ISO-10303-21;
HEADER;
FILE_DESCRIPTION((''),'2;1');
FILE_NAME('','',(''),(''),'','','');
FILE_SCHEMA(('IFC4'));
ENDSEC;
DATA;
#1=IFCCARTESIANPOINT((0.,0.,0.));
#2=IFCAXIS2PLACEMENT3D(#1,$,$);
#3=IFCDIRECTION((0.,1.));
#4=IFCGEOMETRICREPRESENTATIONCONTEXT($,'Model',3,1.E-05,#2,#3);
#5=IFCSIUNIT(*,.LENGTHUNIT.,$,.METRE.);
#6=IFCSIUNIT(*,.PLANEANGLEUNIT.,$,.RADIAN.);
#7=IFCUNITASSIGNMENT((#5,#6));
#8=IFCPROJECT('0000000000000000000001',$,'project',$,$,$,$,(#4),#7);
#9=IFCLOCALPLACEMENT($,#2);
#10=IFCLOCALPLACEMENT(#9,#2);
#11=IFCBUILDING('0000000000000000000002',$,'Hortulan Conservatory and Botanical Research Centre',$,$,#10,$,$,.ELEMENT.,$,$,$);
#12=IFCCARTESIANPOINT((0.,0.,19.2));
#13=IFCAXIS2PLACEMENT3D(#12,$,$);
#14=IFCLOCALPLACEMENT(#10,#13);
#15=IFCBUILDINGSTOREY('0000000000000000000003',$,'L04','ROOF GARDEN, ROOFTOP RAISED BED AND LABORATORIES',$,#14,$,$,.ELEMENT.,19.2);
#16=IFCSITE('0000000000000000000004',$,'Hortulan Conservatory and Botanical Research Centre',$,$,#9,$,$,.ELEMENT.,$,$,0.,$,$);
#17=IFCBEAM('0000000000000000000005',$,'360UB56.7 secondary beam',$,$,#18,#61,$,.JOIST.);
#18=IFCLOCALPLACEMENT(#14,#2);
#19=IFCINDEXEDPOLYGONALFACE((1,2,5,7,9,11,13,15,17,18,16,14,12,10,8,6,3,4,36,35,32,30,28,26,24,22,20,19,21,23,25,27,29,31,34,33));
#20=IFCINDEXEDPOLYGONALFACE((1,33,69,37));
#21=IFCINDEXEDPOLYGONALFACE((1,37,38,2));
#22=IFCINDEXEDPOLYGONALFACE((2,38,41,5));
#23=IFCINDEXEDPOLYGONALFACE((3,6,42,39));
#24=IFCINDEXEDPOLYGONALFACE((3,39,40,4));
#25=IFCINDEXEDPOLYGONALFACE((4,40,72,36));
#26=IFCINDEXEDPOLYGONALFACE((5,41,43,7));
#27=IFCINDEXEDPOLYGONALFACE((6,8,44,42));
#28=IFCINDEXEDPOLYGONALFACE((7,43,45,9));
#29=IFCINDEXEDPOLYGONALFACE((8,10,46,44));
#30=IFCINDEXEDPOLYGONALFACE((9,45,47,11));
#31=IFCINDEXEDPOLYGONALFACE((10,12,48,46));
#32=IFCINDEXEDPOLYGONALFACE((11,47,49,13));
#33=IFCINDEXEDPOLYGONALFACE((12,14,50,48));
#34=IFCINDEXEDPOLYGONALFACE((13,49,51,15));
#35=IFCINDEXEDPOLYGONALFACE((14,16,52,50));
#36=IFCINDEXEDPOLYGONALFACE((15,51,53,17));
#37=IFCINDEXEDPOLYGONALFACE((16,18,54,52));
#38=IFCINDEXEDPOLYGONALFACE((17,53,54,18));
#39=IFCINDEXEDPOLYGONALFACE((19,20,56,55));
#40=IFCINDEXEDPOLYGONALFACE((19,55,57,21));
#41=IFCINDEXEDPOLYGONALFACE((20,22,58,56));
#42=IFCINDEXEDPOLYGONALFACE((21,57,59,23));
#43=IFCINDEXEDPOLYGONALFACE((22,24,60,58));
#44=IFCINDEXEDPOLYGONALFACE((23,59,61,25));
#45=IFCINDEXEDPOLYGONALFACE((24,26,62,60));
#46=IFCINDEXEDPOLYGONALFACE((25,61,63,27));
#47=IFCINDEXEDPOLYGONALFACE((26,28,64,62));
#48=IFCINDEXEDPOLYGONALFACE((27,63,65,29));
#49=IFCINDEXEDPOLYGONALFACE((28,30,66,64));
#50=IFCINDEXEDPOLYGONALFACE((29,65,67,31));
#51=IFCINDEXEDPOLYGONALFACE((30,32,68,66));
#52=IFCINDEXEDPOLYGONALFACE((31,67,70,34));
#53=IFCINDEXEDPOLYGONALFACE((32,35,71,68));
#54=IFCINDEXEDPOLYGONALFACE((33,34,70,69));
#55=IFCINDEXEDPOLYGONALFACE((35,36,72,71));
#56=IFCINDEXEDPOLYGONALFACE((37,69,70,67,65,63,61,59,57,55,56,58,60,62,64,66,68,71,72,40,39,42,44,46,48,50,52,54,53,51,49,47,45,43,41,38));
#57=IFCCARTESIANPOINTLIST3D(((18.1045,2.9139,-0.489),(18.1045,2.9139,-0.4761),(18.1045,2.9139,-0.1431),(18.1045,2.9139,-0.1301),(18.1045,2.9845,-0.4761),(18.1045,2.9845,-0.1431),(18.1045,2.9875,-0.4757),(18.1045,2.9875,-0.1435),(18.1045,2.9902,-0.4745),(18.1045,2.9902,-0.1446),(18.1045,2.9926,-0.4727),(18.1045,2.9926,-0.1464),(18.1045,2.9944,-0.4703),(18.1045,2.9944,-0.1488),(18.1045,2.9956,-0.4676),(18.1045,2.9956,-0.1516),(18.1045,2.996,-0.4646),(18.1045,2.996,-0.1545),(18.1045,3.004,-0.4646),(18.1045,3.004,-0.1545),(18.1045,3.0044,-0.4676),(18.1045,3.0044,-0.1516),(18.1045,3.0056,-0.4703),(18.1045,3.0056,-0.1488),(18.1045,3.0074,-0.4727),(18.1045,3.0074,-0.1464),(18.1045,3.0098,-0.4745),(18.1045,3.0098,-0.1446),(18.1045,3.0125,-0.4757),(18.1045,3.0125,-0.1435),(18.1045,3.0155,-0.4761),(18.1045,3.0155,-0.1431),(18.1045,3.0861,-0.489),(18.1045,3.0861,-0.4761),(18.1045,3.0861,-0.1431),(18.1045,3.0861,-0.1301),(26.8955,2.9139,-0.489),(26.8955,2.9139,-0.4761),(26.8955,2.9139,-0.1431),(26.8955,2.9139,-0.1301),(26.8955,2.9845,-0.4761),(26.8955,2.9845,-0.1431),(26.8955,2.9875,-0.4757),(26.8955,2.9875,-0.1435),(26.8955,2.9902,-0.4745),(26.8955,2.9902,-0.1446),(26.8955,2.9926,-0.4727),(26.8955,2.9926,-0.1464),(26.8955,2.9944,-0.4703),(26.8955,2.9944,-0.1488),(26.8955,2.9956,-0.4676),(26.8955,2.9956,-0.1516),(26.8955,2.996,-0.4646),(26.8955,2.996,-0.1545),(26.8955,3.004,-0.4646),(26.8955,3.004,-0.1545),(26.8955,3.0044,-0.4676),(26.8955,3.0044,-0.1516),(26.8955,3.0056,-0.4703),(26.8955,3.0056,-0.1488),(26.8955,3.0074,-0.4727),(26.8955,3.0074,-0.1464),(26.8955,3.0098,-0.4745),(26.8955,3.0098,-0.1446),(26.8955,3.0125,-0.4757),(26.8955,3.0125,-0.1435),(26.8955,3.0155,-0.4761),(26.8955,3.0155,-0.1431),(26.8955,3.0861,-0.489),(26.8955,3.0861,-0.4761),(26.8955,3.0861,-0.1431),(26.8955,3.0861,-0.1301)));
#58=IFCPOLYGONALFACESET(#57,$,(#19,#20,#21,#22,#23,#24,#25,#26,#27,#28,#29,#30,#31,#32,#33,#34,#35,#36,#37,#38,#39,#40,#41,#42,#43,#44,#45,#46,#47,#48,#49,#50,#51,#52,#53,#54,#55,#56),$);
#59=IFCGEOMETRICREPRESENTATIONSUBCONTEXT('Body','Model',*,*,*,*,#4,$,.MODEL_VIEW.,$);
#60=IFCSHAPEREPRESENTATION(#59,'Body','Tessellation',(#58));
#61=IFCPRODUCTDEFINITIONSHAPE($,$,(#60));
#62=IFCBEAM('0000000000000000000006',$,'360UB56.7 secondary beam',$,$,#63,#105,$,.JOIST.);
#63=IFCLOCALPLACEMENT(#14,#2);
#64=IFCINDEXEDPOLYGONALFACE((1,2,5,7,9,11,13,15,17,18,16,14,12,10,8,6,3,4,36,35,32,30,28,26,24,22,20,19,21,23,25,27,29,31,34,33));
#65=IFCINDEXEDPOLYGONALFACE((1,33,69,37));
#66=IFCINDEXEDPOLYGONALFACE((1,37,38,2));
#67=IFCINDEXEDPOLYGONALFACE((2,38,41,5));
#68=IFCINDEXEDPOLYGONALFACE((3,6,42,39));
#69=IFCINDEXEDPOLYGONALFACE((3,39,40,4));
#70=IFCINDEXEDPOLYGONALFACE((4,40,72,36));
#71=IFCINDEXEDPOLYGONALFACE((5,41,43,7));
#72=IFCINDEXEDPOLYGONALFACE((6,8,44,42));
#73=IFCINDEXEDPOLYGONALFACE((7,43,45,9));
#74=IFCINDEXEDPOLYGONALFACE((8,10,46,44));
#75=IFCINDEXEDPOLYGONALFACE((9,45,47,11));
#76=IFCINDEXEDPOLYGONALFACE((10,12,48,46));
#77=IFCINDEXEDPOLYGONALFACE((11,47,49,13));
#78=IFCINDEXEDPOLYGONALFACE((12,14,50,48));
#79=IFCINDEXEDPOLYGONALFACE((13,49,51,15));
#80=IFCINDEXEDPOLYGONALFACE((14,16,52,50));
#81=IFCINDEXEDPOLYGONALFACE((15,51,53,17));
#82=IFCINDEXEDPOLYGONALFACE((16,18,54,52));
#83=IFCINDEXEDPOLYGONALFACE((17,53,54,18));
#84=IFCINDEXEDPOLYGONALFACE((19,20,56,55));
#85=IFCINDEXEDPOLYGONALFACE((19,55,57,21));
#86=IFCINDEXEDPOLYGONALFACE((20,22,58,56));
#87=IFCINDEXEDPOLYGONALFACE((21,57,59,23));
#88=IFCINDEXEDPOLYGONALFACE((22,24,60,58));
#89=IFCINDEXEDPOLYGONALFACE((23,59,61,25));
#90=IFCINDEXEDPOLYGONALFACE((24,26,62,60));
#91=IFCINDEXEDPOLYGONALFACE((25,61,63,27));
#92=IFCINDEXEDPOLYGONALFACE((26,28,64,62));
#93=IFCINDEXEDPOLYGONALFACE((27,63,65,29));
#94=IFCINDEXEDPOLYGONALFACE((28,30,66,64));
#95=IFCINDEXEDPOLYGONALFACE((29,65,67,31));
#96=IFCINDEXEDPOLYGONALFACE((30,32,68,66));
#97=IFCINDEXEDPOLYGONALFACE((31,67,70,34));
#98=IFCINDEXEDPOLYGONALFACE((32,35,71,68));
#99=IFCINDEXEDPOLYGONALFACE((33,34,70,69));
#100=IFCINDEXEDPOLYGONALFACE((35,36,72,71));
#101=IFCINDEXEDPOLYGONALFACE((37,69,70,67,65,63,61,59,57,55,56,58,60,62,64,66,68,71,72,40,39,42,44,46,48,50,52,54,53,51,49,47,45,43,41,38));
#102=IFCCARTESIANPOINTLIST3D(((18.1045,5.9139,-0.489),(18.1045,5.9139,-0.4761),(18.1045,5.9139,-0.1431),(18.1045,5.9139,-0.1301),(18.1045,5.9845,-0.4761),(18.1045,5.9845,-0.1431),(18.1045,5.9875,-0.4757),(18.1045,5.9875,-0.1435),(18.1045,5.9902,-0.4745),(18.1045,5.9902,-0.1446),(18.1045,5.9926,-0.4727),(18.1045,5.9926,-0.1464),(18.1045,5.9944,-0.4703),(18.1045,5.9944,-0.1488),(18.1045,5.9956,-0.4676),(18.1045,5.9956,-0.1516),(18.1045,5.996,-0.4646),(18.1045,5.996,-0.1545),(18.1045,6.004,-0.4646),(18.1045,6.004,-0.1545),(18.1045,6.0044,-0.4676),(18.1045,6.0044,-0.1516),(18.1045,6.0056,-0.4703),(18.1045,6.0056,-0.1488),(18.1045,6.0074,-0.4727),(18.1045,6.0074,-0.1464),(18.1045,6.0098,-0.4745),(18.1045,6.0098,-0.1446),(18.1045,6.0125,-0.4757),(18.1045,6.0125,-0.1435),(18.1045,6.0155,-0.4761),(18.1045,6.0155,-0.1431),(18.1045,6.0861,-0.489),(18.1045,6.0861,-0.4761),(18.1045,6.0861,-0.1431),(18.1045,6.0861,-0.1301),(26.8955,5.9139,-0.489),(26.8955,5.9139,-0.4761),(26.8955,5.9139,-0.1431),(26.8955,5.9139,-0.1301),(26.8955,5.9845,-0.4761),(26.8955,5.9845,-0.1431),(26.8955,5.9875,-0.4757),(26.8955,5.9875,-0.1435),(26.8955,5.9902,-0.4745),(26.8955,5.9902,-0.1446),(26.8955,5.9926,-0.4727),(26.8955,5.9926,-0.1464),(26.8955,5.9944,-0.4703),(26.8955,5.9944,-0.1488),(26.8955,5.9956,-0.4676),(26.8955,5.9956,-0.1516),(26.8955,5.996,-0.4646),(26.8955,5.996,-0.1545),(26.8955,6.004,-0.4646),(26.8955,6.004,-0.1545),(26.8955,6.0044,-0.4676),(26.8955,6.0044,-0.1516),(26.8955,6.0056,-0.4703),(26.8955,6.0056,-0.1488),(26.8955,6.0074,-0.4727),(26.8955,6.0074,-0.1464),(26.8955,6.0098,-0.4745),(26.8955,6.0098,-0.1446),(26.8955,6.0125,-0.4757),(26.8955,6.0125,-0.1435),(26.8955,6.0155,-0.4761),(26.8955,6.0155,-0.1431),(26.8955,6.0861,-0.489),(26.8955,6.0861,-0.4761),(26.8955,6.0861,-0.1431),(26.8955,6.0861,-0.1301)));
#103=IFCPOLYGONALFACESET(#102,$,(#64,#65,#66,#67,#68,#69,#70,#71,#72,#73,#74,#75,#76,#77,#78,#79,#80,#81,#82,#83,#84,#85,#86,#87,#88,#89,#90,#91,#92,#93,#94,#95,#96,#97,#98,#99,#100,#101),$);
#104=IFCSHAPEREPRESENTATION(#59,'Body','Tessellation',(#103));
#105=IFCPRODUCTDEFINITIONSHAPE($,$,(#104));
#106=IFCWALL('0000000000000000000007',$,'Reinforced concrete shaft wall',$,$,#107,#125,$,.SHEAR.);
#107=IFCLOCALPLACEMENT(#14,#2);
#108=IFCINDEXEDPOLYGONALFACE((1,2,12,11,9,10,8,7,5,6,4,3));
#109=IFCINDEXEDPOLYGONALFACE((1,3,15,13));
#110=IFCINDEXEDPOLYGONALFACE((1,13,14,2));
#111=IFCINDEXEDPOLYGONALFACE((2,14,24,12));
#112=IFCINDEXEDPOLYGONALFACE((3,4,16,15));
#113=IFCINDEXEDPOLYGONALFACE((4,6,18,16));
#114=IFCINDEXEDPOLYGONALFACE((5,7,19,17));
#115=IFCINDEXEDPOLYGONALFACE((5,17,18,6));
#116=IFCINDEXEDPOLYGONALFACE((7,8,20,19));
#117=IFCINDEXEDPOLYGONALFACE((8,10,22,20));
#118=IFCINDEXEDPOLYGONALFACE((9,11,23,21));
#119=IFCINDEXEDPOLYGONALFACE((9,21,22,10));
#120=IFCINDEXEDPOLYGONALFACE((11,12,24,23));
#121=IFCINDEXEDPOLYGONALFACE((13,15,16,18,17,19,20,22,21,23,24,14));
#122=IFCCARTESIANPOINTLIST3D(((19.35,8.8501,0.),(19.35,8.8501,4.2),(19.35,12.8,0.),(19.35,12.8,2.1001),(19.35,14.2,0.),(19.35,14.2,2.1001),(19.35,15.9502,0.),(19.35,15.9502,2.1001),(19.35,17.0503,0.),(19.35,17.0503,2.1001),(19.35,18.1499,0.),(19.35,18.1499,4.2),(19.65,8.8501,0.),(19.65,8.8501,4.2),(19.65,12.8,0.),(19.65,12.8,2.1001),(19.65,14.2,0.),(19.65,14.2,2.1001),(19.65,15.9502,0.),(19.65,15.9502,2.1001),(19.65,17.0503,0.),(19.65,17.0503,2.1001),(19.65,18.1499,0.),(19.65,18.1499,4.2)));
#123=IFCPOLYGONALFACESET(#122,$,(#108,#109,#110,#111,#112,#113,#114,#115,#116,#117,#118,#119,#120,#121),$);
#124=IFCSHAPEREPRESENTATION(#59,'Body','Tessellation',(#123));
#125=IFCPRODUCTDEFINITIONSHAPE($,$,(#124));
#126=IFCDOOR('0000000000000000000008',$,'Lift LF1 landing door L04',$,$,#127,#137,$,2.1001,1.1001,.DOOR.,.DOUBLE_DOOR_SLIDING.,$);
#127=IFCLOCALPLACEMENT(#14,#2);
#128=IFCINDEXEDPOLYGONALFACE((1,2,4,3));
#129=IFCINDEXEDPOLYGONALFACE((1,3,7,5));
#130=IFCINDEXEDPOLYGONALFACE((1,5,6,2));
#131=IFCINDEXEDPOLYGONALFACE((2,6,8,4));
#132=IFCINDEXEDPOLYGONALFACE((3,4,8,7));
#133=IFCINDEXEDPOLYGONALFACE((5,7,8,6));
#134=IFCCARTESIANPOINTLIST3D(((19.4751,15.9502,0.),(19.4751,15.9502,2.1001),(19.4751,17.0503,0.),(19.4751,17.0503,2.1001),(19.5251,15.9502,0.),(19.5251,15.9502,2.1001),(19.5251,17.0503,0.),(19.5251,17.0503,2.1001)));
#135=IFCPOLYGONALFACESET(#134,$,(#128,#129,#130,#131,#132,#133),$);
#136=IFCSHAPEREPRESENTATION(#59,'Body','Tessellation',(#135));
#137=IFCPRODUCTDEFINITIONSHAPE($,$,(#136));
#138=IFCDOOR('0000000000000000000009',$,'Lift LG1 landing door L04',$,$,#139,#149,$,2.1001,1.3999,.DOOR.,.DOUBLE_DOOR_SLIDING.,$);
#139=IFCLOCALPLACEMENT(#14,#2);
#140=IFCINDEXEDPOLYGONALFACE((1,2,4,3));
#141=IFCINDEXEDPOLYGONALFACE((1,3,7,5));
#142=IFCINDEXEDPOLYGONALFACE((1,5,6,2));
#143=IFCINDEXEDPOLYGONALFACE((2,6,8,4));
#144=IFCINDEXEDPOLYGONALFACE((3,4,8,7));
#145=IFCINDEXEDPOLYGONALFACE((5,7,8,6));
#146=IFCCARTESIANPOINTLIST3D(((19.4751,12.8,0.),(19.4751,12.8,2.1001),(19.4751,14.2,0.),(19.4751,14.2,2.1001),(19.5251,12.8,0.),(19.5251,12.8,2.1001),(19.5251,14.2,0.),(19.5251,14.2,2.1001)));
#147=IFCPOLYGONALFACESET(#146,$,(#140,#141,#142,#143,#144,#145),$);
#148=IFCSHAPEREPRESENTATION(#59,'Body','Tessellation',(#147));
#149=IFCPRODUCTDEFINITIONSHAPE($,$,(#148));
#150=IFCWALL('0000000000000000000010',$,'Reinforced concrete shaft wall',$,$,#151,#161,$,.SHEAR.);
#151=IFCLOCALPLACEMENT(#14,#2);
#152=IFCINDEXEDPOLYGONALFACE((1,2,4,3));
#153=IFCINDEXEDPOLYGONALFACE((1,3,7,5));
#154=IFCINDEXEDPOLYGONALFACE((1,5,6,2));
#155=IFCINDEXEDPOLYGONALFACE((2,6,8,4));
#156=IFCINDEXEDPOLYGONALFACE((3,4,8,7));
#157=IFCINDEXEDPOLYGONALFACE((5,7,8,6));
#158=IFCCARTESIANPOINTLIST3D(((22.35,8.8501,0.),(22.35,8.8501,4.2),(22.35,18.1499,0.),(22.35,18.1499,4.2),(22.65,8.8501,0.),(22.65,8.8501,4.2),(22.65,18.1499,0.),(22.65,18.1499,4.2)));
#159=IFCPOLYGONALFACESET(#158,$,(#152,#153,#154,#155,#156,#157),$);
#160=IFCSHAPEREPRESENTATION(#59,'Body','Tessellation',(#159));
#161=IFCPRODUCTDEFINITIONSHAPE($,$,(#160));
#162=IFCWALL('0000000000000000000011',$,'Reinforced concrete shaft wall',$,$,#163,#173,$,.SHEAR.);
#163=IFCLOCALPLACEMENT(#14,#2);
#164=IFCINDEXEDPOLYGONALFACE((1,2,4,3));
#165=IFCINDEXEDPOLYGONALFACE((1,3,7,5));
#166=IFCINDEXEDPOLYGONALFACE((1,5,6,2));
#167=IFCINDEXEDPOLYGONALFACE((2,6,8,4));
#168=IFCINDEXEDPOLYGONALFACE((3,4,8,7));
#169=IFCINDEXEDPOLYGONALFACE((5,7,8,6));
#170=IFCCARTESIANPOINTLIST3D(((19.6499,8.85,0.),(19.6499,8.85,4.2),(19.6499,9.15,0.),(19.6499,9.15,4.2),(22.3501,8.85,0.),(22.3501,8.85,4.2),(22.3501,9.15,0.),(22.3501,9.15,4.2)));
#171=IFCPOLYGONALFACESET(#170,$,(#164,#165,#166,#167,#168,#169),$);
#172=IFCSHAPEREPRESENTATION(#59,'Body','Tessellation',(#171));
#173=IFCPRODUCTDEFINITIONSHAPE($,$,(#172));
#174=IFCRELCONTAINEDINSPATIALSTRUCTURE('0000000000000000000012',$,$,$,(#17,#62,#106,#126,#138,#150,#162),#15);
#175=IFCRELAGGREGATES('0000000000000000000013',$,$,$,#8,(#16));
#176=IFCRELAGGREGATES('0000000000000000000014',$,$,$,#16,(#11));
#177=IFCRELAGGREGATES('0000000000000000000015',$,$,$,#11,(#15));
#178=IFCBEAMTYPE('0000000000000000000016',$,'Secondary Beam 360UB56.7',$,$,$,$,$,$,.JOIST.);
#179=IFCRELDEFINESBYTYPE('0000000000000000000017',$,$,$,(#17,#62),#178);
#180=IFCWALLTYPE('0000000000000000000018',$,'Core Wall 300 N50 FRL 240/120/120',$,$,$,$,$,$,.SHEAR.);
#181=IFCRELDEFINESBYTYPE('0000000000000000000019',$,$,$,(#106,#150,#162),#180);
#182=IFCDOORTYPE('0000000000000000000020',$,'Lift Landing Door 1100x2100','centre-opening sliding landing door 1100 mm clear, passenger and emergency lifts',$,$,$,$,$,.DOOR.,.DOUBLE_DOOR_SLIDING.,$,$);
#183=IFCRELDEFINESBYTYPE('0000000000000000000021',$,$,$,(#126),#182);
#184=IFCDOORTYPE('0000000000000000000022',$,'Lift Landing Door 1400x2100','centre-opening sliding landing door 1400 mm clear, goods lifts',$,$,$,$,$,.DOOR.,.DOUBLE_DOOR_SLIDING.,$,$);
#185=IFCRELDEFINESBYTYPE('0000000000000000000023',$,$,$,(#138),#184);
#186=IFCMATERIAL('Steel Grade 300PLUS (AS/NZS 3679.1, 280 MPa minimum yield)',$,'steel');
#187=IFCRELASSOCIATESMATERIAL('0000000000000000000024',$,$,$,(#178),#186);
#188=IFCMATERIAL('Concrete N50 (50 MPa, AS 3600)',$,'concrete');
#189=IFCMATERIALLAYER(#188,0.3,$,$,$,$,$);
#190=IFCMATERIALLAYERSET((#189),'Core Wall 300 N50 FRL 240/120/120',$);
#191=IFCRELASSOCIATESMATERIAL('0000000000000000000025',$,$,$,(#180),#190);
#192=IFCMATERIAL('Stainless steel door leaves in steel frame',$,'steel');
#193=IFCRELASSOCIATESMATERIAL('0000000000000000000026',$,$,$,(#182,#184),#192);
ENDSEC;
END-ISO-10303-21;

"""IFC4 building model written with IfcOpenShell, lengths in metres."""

from ifc_helpers import new_model, si_unit, direction, frame, frame_2d, origin, origin_2d, place, context, subcontext, project, spatial, rectangle, i_section, extrude, material, layer, layer_set, material_profile, profile_set, type_object, element, fill, save


model = new_model("IFC4")

# Units and contexts
model_context = context("Model", 3, precision=1e-05, world=origin(), true_north=direction((0.0, 1.0)))
body_context = subcontext(model_context, "Body", "Model", "MODEL_VIEW")
ifc_project = project(units=[si_unit("LENGTHUNIT", "METRE"), si_unit("PLANEANGLEUNIT", "RADIAN")], contexts=[model_context])

# Site, building, storey
site_placement = place(None, origin())
site = spatial("IfcSite", under=ifc_project, at=site_placement, Name="Hortulan Conservatory and Botanical Research Centre", CompositionType="ELEMENT", RefElevation=0.0)
building_placement = place(site_placement, origin())
building = spatial("IfcBuilding", under=site, at=building_placement, Name="Hortulan Conservatory and Botanical Research Centre", CompositionType="ELEMENT")
storey_placement = place(building_placement, frame((0.0, 0.0, 19.2)))
storey = spatial("IfcBuildingStorey", under=building, at=storey_placement, Name="L04", Description="ROOF GARDEN, ROOFTOP RAISED BED AND LABORATORIES", CompositionType="ELEMENT", Elevation=19.2)

# Beams
ifc_material_1 = material(Name="Steel Grade 300PLUS (AS/NZS 3679.1, 280 MPa minimum yield)", Category="steel")
ifc_material_profile_1 = material_profile(ifc_material_1, i_section(OverallWidth=0.1721, OverallDepth=0.3589, WebThickness=0.0081, FlangeThickness=0.0129, FilletRadius=0.0115, at=origin_2d()), Name="360UB56.7")
ifc_profile_set_1 = profile_set([ifc_material_profile_1], Name="Steel Grade 300PLUS (AS/NZS 3679.1, 280 MPa minimum yield)")
beam_type_1 = type_object("IfcBeamType", Name="Secondary Beam 360UB56.7", PredefinedType="JOIST", material=ifc_profile_set_1)
for number, where, z_axis, x_axis, name in (
    (1, (18.1045, 3.0, -0.3096), (1.0, 0.0, 0.0), (0.0, 1.0, 0.0), "360UB56.7 secondary beam"),
    (2, (18.1045, 6.0, -0.3096), (1.0, 0.0, 0.0), (0.0, 1.0, 0.0), "360UB56.7 secondary beam"),
):
    element("IfcBeam", number, at=place(storey_placement, frame(where, z_axis=z_axis, x_axis=x_axis)), inside=storey, type_object=beam_type_1, Name=name, PredefinedType="JOIST", context=body_context, shape_type="SweptSolid", body=[
        extrude(i_section(OverallWidth=0.1721, OverallDepth=0.3589, WebThickness=0.0081, FlangeThickness=0.0129, FilletRadius=0.0115, at=origin_2d()), origin(), (0.0, 0.0, 1.0), 8.791),
    ])

# Wall, openings, doors
ifc_material_2 = material(Name="Concrete N50 (50 MPa, AS 3600)", Category="concrete")
ifc_layer_1 = layer(ifc_material_2, 0.3)
ifc_layer_set_1 = layer_set([ifc_layer_1], Name="Core Wall 300 N50 FRL 240/120/120")
wall_type_1 = type_object("IfcWallType", Name="Core Wall 300 N50 FRL 240/120/120", PredefinedType="SHEAR", material=ifc_layer_set_1)
wall_1_placement = place(storey_placement, frame((19.5, 8.8501, 0.0), z_axis=(0.0, 0.0, 1.0), x_axis=(0.0, 1.0, 0.0)))
wall_1 = element("IfcWall", 3, at=wall_1_placement, inside=storey, type_object=wall_type_1, Name="Reinforced concrete shaft wall", PredefinedType="SHEAR", context=body_context, shape_type="SweptSolid", body=[
    extrude(rectangle(XDim=9.2998, YDim=0.3, at=frame_2d((4.6499, 0.0))), origin(), (0.0, 0.0, 1.0), 4.2),
])
opening_1_placement = place(wall_1_placement, frame((3.95, 0.0, 0.0)))
opening_1 = element("IfcOpeningElement", 4, at=opening_1_placement, cuts=wall_1, PredefinedType="OPENING", context=body_context, shape_type="SweptSolid", body=[
    extrude(rectangle(XDim=1.3999, YDim=2.1001, at=frame_2d((0.7, 1.05))), frame((0.0, 0.1599, 0.0), z_axis=(0.0, -1.0, 0.0), x_axis=(1.0, 0.0, 0.0)), (0.0, 0.0, 1.0), 0.3201),
])
opening_2_placement = place(wall_1_placement, frame((7.1001, 0.0, 0.0)))
opening_2 = element("IfcOpeningElement", 5, at=opening_2_placement, cuts=wall_1, PredefinedType="OPENING", context=body_context, shape_type="SweptSolid", body=[
    extrude(rectangle(XDim=1.1001, YDim=2.1001, at=frame_2d((0.55, 1.05))), frame((0.0, 0.1599, 0.0), z_axis=(0.0, -1.0, 0.0), x_axis=(1.0, 0.0, 0.0)), (0.0, 0.0, 1.0), 0.3201),
])
ifc_material_3 = material(Name="Stainless steel door leaves in steel frame", Category="steel")
door_type_1 = type_object("IfcDoorType", Name="Lift Landing Door 1100x2100", Description="centre-opening sliding landing door 1100 mm clear, passenger and emergency lifts", OperationType="DOUBLE_DOOR_SLIDING", PredefinedType="DOOR", material=ifc_material_3)
door_1_placement = place(opening_2_placement, origin())
door_1 = element("IfcDoor", 6, at=door_1_placement, inside=storey, type_object=door_type_1, Name="Lift LF1 landing door L04", OperationType="DOUBLE_DOOR_SLIDING", OverallHeight=2.1001, OverallWidth=1.1001, PredefinedType="DOOR", context=body_context, shape_type="SweptSolid", body=[
    extrude(rectangle(XDim=1.1001, YDim=2.1001, at=frame_2d((0.55, 1.05))), frame((0.0, 0.0249, 0.0), z_axis=(0.0, -1.0, 0.0), x_axis=(1.0, 0.0, 0.0)), (0.0, 0.0, 1.0), 0.05),
])
fill(opening_2, door_1)
door_type_2 = type_object("IfcDoorType", Name="Lift Landing Door 1400x2100", Description="centre-opening sliding landing door 1400 mm clear, goods lifts", OperationType="DOUBLE_DOOR_SLIDING", PredefinedType="DOOR", material=ifc_material_3)
door_2_placement = place(opening_1_placement, origin())
door_2 = element("IfcDoor", 7, at=door_2_placement, inside=storey, type_object=door_type_2, Name="Lift LG1 landing door L04", OperationType="DOUBLE_DOOR_SLIDING", OverallHeight=2.1001, OverallWidth=1.3999, PredefinedType="DOOR", context=body_context, shape_type="SweptSolid", body=[
    extrude(rectangle(XDim=1.3999, YDim=2.1001, at=frame_2d((0.7, 1.05))), frame((0.0, 0.0249, 0.0), z_axis=(0.0, -1.0, 0.0), x_axis=(1.0, 0.0, 0.0)), (0.0, 0.0, 1.0), 0.05),
])
fill(opening_1, door_2)

# Walls
wall_2_placement = place(storey_placement, frame((22.5, 8.8501, 0.0), z_axis=(0.0, 0.0, 1.0), x_axis=(0.0, 1.0, 0.0)))
element("IfcWall", 8, at=wall_2_placement, inside=storey, type_object=wall_type_1, Name="Reinforced concrete shaft wall", PredefinedType="SHEAR", context=body_context, shape_type="SweptSolid", body=[
    extrude(rectangle(XDim=9.2998, YDim=0.3, at=frame_2d((4.6499, 0.0))), origin(), (0.0, 0.0, 1.0), 4.2),
])
wall_3_placement = place(storey_placement, frame((19.6499, 9.0, 0.0), z_axis=(0.0, 0.0, 1.0), x_axis=(1.0, 0.0, 0.0)))
element("IfcWall", 9, at=wall_3_placement, inside=storey, type_object=wall_type_1, Name="Reinforced concrete shaft wall", PredefinedType="SHEAR", context=body_context, shape_type="SweptSolid", body=[
    extrude(rectangle(XDim=2.7002, YDim=0.3, at=frame_2d((1.3501, 0.0))), origin(), (0.0, 0.0, 1.0), 4.2),
])

save(model, "model.ifc")
